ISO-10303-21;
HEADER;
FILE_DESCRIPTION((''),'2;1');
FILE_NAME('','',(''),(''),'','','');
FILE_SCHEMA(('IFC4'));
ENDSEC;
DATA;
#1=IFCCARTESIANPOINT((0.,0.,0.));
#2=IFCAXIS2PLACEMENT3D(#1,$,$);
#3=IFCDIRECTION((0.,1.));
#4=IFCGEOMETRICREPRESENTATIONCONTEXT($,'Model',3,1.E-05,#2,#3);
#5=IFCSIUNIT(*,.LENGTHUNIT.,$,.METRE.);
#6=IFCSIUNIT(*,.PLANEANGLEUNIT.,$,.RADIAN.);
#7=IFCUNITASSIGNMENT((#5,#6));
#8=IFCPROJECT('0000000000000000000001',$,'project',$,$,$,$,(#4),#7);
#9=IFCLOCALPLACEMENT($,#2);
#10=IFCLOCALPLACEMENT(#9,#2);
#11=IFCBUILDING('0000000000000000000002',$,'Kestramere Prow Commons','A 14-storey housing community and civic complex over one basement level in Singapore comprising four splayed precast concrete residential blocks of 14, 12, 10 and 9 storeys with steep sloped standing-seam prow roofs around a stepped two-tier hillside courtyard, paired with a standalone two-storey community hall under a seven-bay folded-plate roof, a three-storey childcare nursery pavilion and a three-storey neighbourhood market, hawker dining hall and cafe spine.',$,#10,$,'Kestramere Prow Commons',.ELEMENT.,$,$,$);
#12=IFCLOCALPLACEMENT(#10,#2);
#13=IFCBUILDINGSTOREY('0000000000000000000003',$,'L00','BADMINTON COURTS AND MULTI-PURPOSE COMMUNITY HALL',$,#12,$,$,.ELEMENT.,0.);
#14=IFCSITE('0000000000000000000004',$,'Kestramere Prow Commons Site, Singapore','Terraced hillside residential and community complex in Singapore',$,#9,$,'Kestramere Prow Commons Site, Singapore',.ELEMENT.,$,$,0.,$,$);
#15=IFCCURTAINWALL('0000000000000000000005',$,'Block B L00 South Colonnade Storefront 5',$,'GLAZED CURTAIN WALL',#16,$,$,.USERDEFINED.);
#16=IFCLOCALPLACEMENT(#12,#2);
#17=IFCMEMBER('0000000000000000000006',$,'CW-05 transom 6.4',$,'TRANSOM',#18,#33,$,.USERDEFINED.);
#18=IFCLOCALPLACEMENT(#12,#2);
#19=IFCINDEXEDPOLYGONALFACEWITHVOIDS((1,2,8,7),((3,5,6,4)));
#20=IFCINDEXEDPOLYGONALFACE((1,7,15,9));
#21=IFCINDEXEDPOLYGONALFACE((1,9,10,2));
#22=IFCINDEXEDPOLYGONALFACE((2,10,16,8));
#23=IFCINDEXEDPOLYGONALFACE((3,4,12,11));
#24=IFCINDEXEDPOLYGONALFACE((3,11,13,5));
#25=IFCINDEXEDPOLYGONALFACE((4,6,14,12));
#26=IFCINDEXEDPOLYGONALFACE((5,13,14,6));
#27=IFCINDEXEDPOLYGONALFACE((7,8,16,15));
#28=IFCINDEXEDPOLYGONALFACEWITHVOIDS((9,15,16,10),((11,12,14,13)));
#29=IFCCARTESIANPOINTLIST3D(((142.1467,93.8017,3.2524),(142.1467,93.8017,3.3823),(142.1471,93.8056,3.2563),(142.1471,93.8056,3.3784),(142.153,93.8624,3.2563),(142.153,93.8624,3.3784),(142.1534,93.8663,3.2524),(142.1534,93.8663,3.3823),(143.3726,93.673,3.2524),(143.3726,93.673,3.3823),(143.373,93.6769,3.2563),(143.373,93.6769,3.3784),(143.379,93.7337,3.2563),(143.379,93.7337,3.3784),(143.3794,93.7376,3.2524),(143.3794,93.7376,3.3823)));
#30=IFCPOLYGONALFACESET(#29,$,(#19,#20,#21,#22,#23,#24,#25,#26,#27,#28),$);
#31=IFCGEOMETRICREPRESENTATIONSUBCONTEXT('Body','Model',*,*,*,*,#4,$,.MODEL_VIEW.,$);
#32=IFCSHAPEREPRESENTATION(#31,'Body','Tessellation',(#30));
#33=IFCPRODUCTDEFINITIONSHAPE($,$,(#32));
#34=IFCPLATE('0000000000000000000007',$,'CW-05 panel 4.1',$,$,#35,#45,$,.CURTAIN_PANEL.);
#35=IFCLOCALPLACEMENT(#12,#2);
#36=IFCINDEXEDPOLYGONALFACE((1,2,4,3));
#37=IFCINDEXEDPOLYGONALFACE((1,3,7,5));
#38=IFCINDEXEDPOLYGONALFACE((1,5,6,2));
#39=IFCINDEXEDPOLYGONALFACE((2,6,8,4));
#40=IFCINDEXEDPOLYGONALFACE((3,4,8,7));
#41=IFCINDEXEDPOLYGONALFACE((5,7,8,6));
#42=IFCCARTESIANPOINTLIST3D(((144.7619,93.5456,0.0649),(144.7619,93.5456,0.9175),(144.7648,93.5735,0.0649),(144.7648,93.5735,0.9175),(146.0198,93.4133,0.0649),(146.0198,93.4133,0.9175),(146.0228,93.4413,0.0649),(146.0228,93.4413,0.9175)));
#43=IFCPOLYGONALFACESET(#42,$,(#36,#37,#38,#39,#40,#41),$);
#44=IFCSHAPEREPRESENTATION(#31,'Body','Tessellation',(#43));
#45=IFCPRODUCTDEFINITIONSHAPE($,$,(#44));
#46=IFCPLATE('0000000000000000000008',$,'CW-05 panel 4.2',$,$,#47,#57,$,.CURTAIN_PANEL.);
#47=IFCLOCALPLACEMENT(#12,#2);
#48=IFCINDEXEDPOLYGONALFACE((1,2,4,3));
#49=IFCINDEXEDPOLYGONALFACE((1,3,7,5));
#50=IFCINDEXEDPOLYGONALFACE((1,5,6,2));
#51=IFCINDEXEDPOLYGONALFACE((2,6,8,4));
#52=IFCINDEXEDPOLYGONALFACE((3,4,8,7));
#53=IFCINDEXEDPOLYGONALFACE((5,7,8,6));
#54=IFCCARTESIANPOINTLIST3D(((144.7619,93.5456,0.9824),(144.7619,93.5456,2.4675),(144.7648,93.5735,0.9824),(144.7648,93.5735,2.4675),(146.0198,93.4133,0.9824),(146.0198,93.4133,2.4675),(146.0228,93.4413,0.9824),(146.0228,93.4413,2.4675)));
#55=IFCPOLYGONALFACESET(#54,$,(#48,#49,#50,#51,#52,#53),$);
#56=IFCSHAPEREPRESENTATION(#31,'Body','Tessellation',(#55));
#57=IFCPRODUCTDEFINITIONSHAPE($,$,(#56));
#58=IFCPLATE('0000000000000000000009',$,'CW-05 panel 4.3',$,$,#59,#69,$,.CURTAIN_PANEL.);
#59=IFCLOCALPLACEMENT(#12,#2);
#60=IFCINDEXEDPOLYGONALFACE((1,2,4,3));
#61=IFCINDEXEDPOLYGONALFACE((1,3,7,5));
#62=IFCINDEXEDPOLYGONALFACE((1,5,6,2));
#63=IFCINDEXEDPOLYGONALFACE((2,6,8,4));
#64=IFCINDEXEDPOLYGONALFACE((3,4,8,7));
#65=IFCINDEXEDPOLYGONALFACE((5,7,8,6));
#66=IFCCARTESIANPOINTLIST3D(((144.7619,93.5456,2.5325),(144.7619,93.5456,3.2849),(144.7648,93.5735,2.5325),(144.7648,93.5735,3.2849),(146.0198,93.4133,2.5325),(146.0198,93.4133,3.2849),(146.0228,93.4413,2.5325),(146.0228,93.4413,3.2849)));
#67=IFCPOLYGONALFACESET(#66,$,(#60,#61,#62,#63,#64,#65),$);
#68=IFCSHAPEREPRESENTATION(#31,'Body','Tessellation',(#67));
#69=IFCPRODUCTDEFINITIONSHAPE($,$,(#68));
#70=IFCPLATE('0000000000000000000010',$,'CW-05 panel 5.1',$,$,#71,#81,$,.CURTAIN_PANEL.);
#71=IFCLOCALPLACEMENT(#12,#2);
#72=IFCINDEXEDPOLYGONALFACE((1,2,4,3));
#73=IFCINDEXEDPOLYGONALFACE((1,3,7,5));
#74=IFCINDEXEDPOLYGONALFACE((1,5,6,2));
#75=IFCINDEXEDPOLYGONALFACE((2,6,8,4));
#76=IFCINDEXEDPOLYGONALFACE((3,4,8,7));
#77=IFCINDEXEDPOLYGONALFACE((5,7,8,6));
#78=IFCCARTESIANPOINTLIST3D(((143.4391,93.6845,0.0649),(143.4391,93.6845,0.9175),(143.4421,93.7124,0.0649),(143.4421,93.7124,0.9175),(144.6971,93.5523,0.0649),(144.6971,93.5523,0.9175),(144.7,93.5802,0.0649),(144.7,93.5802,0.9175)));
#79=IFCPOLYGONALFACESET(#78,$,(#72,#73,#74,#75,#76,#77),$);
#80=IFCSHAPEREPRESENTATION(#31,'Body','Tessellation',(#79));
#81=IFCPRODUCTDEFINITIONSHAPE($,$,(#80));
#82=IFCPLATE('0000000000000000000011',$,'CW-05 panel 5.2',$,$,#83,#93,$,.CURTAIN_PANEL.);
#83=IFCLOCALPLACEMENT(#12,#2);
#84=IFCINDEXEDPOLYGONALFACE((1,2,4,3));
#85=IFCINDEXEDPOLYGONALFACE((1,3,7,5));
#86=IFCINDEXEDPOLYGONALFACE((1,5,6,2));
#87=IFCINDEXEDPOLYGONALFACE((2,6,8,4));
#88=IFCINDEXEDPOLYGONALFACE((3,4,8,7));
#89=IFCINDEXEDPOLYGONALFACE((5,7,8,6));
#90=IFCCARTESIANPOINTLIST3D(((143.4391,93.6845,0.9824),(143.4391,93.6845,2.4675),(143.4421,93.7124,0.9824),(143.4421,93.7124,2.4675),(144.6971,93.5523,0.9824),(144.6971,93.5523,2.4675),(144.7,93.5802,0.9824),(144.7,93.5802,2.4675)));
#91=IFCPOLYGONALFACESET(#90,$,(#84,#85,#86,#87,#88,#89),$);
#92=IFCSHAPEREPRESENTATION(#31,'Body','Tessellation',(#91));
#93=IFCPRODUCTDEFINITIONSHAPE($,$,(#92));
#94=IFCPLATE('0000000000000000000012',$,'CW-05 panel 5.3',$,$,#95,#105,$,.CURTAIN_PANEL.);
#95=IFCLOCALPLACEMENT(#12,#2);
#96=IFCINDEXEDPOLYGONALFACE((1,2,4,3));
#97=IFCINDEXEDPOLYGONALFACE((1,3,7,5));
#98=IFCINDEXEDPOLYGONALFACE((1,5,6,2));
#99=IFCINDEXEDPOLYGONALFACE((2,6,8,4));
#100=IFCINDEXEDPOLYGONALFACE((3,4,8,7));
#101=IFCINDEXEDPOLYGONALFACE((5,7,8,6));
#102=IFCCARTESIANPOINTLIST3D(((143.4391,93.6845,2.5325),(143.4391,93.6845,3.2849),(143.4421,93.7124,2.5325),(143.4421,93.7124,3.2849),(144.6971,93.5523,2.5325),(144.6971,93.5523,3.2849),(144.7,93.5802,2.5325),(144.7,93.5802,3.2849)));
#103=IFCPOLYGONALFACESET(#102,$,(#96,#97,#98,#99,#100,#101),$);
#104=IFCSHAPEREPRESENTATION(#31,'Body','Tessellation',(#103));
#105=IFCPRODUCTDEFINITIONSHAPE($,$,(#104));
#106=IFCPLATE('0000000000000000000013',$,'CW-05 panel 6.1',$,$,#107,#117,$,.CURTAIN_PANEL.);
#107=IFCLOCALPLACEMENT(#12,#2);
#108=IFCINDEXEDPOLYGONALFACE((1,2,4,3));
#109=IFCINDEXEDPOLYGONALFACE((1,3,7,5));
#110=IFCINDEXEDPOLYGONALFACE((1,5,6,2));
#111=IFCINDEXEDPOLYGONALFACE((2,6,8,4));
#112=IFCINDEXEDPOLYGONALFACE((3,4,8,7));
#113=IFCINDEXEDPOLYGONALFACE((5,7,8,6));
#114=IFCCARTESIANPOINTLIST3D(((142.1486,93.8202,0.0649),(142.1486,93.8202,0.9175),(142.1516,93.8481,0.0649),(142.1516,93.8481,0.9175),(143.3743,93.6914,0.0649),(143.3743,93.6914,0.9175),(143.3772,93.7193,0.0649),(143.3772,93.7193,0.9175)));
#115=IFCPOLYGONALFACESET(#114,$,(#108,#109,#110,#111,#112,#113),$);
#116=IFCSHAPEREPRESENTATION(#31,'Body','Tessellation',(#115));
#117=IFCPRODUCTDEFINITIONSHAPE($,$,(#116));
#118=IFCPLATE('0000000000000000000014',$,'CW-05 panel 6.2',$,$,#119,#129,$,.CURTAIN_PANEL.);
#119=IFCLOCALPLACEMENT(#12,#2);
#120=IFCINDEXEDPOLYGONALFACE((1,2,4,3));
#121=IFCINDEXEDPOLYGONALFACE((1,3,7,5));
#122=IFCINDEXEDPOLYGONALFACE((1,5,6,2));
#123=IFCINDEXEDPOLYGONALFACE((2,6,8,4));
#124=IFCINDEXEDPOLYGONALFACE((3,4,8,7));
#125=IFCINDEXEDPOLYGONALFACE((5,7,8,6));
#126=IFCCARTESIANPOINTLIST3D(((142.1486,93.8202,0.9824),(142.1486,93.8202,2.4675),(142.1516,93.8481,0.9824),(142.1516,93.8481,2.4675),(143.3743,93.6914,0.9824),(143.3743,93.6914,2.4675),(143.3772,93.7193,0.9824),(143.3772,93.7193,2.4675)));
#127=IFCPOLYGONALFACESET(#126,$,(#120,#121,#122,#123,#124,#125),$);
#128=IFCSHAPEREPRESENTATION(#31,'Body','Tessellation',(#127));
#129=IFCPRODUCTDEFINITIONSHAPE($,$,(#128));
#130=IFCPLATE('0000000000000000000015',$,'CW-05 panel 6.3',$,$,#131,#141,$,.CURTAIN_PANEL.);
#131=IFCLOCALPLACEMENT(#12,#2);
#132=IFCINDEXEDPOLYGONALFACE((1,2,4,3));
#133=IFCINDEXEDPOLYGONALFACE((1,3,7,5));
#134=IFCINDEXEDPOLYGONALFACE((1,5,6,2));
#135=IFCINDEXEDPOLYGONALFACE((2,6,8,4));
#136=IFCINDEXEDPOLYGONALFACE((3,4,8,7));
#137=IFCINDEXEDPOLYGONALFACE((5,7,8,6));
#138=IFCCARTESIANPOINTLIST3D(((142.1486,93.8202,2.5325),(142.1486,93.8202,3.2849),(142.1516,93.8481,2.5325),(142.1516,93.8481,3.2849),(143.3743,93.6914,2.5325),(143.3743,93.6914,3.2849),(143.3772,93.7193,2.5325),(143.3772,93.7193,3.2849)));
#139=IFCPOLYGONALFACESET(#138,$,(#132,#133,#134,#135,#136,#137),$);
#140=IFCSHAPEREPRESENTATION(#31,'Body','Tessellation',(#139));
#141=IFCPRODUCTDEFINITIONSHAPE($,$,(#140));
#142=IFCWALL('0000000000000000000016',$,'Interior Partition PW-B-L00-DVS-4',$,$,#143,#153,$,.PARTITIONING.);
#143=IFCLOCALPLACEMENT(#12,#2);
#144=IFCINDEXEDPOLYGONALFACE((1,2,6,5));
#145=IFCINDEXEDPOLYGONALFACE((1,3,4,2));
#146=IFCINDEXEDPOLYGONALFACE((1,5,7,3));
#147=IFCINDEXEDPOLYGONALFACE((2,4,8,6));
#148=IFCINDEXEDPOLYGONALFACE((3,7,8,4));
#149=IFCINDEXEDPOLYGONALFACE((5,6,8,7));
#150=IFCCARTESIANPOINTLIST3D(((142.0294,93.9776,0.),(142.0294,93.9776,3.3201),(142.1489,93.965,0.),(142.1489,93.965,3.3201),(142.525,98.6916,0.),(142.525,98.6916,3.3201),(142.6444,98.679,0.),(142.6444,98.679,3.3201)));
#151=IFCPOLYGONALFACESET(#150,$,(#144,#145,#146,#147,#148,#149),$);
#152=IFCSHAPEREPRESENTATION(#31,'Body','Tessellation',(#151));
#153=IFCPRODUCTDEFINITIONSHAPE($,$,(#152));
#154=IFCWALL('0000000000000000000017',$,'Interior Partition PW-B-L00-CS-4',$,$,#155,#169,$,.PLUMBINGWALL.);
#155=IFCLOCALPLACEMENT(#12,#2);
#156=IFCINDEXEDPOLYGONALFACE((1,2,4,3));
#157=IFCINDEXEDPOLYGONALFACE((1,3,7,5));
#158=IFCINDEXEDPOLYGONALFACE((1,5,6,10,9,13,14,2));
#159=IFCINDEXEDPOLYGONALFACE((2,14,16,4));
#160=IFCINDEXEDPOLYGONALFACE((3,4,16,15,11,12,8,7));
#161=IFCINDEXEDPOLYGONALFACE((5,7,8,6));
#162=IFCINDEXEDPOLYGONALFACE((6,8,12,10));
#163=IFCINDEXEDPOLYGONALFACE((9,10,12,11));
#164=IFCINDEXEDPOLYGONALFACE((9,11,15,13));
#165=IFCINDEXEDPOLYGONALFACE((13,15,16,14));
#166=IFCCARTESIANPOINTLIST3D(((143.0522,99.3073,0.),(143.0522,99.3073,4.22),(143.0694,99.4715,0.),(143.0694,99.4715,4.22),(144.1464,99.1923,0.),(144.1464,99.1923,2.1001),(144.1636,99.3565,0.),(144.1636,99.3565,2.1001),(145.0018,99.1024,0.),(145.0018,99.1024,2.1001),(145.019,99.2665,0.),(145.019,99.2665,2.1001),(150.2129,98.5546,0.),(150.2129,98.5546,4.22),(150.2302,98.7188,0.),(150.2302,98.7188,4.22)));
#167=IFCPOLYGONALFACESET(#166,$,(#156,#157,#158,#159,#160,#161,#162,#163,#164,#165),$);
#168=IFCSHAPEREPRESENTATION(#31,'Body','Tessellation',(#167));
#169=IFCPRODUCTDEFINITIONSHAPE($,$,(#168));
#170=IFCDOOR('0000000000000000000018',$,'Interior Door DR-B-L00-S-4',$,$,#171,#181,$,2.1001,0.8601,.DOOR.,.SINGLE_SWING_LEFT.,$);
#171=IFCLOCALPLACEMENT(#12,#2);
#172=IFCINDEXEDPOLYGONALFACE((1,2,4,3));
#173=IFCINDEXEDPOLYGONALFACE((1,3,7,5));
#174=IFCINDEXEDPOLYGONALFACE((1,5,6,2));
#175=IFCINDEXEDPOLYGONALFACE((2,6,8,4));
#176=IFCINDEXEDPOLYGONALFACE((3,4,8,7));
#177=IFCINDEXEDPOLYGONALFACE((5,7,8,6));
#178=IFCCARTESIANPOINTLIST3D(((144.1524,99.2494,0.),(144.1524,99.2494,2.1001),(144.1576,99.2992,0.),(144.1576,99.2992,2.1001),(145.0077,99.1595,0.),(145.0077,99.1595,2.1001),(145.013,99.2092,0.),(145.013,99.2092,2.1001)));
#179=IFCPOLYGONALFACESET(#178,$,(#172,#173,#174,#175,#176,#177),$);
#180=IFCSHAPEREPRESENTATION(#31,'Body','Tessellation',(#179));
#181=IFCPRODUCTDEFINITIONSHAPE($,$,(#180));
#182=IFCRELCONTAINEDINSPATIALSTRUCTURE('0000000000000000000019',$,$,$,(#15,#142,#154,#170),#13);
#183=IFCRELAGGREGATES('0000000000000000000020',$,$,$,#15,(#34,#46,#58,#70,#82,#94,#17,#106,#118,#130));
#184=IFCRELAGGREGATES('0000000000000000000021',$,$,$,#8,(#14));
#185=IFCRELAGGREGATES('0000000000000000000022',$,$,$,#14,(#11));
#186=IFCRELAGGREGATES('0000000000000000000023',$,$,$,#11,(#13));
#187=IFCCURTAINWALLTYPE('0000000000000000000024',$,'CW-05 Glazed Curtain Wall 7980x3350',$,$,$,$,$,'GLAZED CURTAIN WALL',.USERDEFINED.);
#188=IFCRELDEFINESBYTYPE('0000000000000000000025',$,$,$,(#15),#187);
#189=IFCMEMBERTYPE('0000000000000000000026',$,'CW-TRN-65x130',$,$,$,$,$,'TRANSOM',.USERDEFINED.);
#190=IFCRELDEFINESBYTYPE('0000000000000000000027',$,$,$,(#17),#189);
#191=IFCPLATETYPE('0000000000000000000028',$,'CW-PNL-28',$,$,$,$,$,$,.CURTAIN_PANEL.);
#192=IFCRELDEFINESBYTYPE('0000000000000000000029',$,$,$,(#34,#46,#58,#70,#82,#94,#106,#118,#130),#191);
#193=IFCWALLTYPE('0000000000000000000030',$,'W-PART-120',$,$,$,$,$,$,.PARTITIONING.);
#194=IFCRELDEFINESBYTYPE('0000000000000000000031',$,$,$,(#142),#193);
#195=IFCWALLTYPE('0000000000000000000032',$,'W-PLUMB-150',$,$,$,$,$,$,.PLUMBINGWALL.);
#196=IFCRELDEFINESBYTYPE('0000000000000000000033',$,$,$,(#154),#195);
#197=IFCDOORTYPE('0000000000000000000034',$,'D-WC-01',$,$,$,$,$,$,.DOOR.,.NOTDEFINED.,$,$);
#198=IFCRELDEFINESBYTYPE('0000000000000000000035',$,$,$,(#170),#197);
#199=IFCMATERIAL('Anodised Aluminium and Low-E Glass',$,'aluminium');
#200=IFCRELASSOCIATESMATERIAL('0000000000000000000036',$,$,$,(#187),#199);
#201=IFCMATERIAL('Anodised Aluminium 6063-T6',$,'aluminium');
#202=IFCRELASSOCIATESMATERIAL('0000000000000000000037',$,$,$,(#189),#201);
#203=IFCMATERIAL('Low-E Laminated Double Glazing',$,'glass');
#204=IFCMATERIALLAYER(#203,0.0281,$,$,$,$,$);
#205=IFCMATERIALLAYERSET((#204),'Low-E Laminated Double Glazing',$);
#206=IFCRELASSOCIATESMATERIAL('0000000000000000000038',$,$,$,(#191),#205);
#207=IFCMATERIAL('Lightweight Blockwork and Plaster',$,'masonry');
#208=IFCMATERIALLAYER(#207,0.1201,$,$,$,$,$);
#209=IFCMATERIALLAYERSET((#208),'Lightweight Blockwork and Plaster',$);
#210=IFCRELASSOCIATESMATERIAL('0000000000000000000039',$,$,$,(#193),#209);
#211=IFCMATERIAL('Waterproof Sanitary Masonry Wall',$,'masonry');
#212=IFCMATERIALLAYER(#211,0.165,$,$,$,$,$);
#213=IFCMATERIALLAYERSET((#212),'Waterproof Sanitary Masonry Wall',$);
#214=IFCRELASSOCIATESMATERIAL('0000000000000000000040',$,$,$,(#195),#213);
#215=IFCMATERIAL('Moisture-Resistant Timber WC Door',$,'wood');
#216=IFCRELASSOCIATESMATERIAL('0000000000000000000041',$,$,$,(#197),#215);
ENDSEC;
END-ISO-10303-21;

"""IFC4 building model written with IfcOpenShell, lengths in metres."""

from ifc_helpers import new_model, si_unit, direction, frame, frame_2d, origin, origin_2d, place, context, subcontext, project, spatial, rectangle, hollow_rectangle, extrude, material, layer, layer_set, material_profile, profile_set, type_object, element, fill, aggregate, save


model = new_model("IFC4")

# Units and contexts
model_context = context("Model", 3, precision=1e-05, world=origin(), true_north=direction((0.0, 1.0)))
body_context = subcontext(model_context, "Body", "Model", "MODEL_VIEW")
ifc_project = project(units=[si_unit("LENGTHUNIT", "METRE"), si_unit("PLANEANGLEUNIT", "RADIAN")], contexts=[model_context])

# Site, building, storey
site_placement = place(None, origin())
site = spatial("IfcSite", under=ifc_project, at=site_placement, Name="Kestramere Prow Commons Site, Singapore", Description="Terraced hillside residential and community complex in Singapore", LongName="Kestramere Prow Commons Site, Singapore", CompositionType="ELEMENT", RefElevation=0.0)
building_placement = place(site_placement, origin())
building = spatial("IfcBuilding", under=site, at=building_placement, Name="Kestramere Prow Commons", Description="A 14-storey housing community and civic complex over one basement level in Singapore comprising four splayed precast concrete residential blocks of 14, 12, 10 and 9 storeys with steep sloped standing-seam prow roofs around a stepped two-tier hillside courtyard, paired with a standalone two-storey community hall under a seven-bay folded-plate roof, a three-storey childcare nursery pavilion and a three-storey neighbourhood market, hawker dining hall and cafe spine.", LongName="Kestramere Prow Commons", CompositionType="ELEMENT")
storey_placement = place(building_placement, origin())
storey = spatial("IfcBuildingStorey", under=building, at=storey_placement, Name="L00", Description="BADMINTON COURTS AND MULTI-PURPOSE COMMUNITY HALL", CompositionType="ELEMENT", Elevation=0.0)

# Curtain wall, member, plates
ifc_material_1 = material(Name="Anodised Aluminium and Low-E Glass", Category="aluminium")
curtain_wall_type = type_object("IfcCurtainWallType", Name="CW-05 Glazed Curtain Wall 7980x3350", ElementType="GLAZED CURTAIN WALL", PredefinedType="USERDEFINED", material=ifc_material_1)
curtain_wall_placement = place(storey_placement, origin())
curtain_wall = element("IfcCurtainWall", 1, at=curtain_wall_placement, inside=storey, type_object=curtain_wall_type, Name="Block B L00 South Colonnade Storefront 5", ObjectType="GLAZED CURTAIN WALL", PredefinedType="USERDEFINED")
ifc_material_2 = material(Name="Anodised Aluminium 6063-T6", Category="aluminium")
ifc_material_profile_1 = material_profile(ifc_material_2, hollow_rectangle(XDim=0.0649, YDim=0.1299, WallThickness=0.0039, at=origin_2d()), Name="ALU-TRN 65x130")
ifc_profile_set_1 = profile_set([ifc_material_profile_1], Name="Anodised Aluminium 6063-T6")
member_type_1 = type_object("IfcMemberType", Name="CW-TRN-65x130", ElementType="TRANSOM", PredefinedType="USERDEFINED", material=ifc_profile_set_1)
member_1_placement = place(storey_placement, frame((143.376, 93.7053, 3.3174), z_axis=(-0.994537, 0.104386, 0.0), x_axis=(-0.104386, -0.994537, 0.0)))
member_1 = element("IfcMember", 2, at=member_1_placement, type_object=member_type_1, Name="CW-05 transom 6.4", ObjectType="TRANSOM", PredefinedType="USERDEFINED", context=body_context, shape_type="SweptSolid", body=[
    extrude(hollow_rectangle(XDim=0.0649, YDim=0.1299, WallThickness=0.0039, at=origin_2d()), origin(), (0.0, 0.0, 1.0), 1.2327),
])
ifc_material_3 = material(Name="Low-E Laminated Double Glazing", Category="glass")
ifc_layer_1 = layer(ifc_material_3, 0.0281)
ifc_layer_set_1 = layer_set([ifc_layer_1], Name="Low-E Laminated Double Glazing")
plate_type = type_object("IfcPlateType", Name="CW-PNL-28", PredefinedType="CURTAIN_PANEL", material=ifc_layer_set_1)
plate_1_placement = place(storey_placement, frame((145.3923, 93.4934, 0.0649), z_axis=(0.0, 0.0, 1.0), x_axis=(-0.994522, 0.104528, 0.0)))
plate_1 = element("IfcPlate", 3, at=plate_1_placement, type_object=plate_type, Name="CW-05 panel 4.1", PredefinedType="CURTAIN_PANEL", context=body_context, shape_type="SweptSolid", body=[
    extrude(rectangle(XDim=1.2649, YDim=0.0281, at=origin_2d()), origin(), (0.0, 0.0, 1.0), 0.8525),
])
plate_2_placement = place(storey_placement, frame((145.3923, 93.4934, 0.9824), z_axis=(0.0, 0.0, 1.0), x_axis=(-0.994522, 0.104528, 0.0)))
plate_2 = element("IfcPlate", 4, at=plate_2_placement, type_object=plate_type, Name="CW-05 panel 4.2", PredefinedType="CURTAIN_PANEL", context=body_context, shape_type="SweptSolid", body=[
    extrude(rectangle(XDim=1.2649, YDim=0.0281, at=origin_2d()), origin(), (0.0, 0.0, 1.0), 1.4851),
])
plate_3_placement = place(storey_placement, frame((145.3923, 93.4934, 2.5325), z_axis=(0.0, 0.0, 1.0), x_axis=(-0.994522, 0.104528, 0.0)))
plate_3 = element("IfcPlate", 5, at=plate_3_placement, type_object=plate_type, Name="CW-05 panel 4.3", PredefinedType="CURTAIN_PANEL", context=body_context, shape_type="SweptSolid", body=[
    extrude(rectangle(XDim=1.2649, YDim=0.0281, at=origin_2d()), origin(), (0.0, 0.0, 1.0), 0.7524),
])
plate_4_placement = place(storey_placement, frame((144.0696, 93.6323, 0.0649), z_axis=(0.0, 0.0, 1.0), x_axis=(-0.994522, 0.104528, 0.0)))
plate_4 = element("IfcPlate", 6, at=plate_4_placement, type_object=plate_type, Name="CW-05 panel 5.1", PredefinedType="CURTAIN_PANEL", context=body_context, shape_type="SweptSolid", body=[
    extrude(rectangle(XDim=1.2649, YDim=0.0281, at=origin_2d()), origin(), (0.0, 0.0, 1.0), 0.8525),
])
plate_5_placement = place(storey_placement, frame((144.0696, 93.6323, 0.9824), z_axis=(0.0, 0.0, 1.0), x_axis=(-0.994522, 0.104528, 0.0)))
plate_5 = element("IfcPlate", 7, at=plate_5_placement, type_object=plate_type, Name="CW-05 panel 5.2", PredefinedType="CURTAIN_PANEL", context=body_context, shape_type="SweptSolid", body=[
    extrude(rectangle(XDim=1.2649, YDim=0.0281, at=origin_2d()), origin(), (0.0, 0.0, 1.0), 1.4851),
])
plate_6_placement = place(storey_placement, frame((144.0696, 93.6323, 2.5325), z_axis=(0.0, 0.0, 1.0), x_axis=(-0.994522, 0.104528, 0.0)))
plate_6 = element("IfcPlate", 8, at=plate_6_placement, type_object=plate_type, Name="CW-05 panel 5.3", PredefinedType="CURTAIN_PANEL", context=body_context, shape_type="SweptSolid", body=[
    extrude(rectangle(XDim=1.2649, YDim=0.0281, at=origin_2d()), origin(), (0.0, 0.0, 1.0), 0.7524),
])
plate_7_placement = place(storey_placement, frame((142.7629, 93.7698, 0.0649), z_axis=(0.0, 0.0, 1.0), x_axis=(-0.994522, 0.104528, 0.0)))
plate_7 = element("IfcPlate", 9, at=plate_7_placement, type_object=plate_type, Name="CW-05 panel 6.1", PredefinedType="CURTAIN_PANEL", context=body_context, shape_type="SweptSolid", body=[
    extrude(rectangle(XDim=1.2324, YDim=0.0281, at=origin_2d()), origin(), (0.0, 0.0, 1.0), 0.8525),
])
plate_8_placement = place(storey_placement, frame((142.7629, 93.7698, 0.9824), z_axis=(0.0, 0.0, 1.0), x_axis=(-0.994522, 0.104528, 0.0)))
plate_8 = element("IfcPlate", 10, at=plate_8_placement, type_object=plate_type, Name="CW-05 panel 6.2", PredefinedType="CURTAIN_PANEL", context=body_context, shape_type="SweptSolid", body=[
    extrude(rectangle(XDim=1.2324, YDim=0.0281, at=origin_2d()), origin(), (0.0, 0.0, 1.0), 1.4851),
])
plate_9_placement = place(storey_placement, frame((142.7629, 93.7698, 2.5325), z_axis=(0.0, 0.0, 1.0), x_axis=(-0.994522, 0.104528, 0.0)))
plate_9 = element("IfcPlate", 11, at=plate_9_placement, type_object=plate_type, Name="CW-05 panel 6.3", PredefinedType="CURTAIN_PANEL", context=body_context, shape_type="SweptSolid", body=[
    extrude(rectangle(XDim=1.2324, YDim=0.0281, at=origin_2d()), origin(), (0.0, 0.0, 1.0), 0.7524),
])
aggregate(curtain_wall, [plate_1, plate_2, plate_3, plate_4, plate_5, plate_6, member_1, plate_7, plate_8, plate_9])

# Wall
ifc_material_4 = material(Name="Lightweight Blockwork and Plaster", Category="masonry")
ifc_layer_2 = layer(ifc_material_4, 0.1201)
ifc_layer_set_2 = layer_set([ifc_layer_2], Name="Lightweight Blockwork and Plaster")
wall_type_1 = type_object("IfcWallType", Name="W-PART-120", PredefinedType="PARTITIONING", material=ifc_layer_set_2)
wall_1_placement = place(storey_placement, frame((142.0891, 93.9712, 0.0), z_axis=(0.0, 0.0, 1.0), x_axis=(0.104556, 0.994519, 0.0)))
element("IfcWall", 12, at=wall_1_placement, inside=storey, type_object=wall_type_1, Name="Interior Partition PW-B-L00-DVS-4", PredefinedType="PARTITIONING", context=body_context, shape_type="SweptSolid", body=[
    extrude(rectangle(XDim=4.74, YDim=0.1201, at=frame_2d((2.3701, 0.0))), origin(), (0.0, 0.0, 1.0), 3.3201),
])

# Wall, opening, door
ifc_material_5 = material(Name="Waterproof Sanitary Masonry Wall", Category="masonry")
ifc_layer_3 = layer(ifc_material_5, 0.165)
ifc_layer_set_3 = layer_set([ifc_layer_3], Name="Waterproof Sanitary Masonry Wall")
wall_type_2 = type_object("IfcWallType", Name="W-PLUMB-150", PredefinedType="PLUMBINGWALL", material=ifc_layer_set_3)
wall_2_placement = place(storey_placement, frame((143.0608, 99.3894, 0.0), z_axis=(0.0, 0.0, 1.0), x_axis=(0.994521, -0.104538, 0.0)))
wall_2 = element("IfcWall", 13, at=wall_2_placement, inside=storey, type_object=wall_type_2, Name="Interior Partition PW-B-L00-CS-4", PredefinedType="PLUMBINGWALL", context=body_context, shape_type="SweptSolid", body=[
    extrude(rectangle(XDim=7.2002, YDim=0.165, at=frame_2d((3.6001, 0.0))), origin(), (0.0, 0.0, 1.0), 4.22),
])
opening_1_placement = place(wall_2_placement, frame((1.1001, 0.0, 0.0)))
opening_1 = element("IfcOpeningElement", 14, at=opening_1_placement, cuts=wall_2, PredefinedType="OPENING", context=body_context, shape_type="SweptSolid", body=[
    extrude(rectangle(XDim=0.8601, YDim=2.1001, at=frame_2d((0.4302, 1.05))), frame((0.0, 0.0974, 0.0), z_axis=(0.0, -1.0, 0.0), x_axis=(1.0, 0.0, 0.0)), (0.0, 0.0, 1.0), 0.1951),
])
ifc_material_6 = material(Name="Moisture-Resistant Timber WC Door", Category="wood")
door_type_1 = type_object("IfcDoorType", Name="D-WC-01", OperationType="NOTDEFINED", PredefinedType="DOOR", material=ifc_material_6)
door_1_placement = place(opening_1_placement, origin())
door_1 = element("IfcDoor", 15, at=door_1_placement, inside=storey, type_object=door_type_1, Name="Interior Door DR-B-L00-S-4", OperationType="SINGLE_SWING_LEFT", OverallHeight=2.1001, OverallWidth=0.8601, PredefinedType="DOOR", context=body_context, shape_type="SweptSolid", body=[
    extrude(rectangle(XDim=0.8601, YDim=2.1001, at=frame_2d((0.4302, 1.05))), frame((0.0, 0.0249, 0.0), z_axis=(0.0, -1.0, 0.0), x_axis=(1.0, 0.0, 0.0)), (0.0, 0.0, 1.0), 0.05),
])
fill(opening_1, door_1)

save(model, "model.ifc")
